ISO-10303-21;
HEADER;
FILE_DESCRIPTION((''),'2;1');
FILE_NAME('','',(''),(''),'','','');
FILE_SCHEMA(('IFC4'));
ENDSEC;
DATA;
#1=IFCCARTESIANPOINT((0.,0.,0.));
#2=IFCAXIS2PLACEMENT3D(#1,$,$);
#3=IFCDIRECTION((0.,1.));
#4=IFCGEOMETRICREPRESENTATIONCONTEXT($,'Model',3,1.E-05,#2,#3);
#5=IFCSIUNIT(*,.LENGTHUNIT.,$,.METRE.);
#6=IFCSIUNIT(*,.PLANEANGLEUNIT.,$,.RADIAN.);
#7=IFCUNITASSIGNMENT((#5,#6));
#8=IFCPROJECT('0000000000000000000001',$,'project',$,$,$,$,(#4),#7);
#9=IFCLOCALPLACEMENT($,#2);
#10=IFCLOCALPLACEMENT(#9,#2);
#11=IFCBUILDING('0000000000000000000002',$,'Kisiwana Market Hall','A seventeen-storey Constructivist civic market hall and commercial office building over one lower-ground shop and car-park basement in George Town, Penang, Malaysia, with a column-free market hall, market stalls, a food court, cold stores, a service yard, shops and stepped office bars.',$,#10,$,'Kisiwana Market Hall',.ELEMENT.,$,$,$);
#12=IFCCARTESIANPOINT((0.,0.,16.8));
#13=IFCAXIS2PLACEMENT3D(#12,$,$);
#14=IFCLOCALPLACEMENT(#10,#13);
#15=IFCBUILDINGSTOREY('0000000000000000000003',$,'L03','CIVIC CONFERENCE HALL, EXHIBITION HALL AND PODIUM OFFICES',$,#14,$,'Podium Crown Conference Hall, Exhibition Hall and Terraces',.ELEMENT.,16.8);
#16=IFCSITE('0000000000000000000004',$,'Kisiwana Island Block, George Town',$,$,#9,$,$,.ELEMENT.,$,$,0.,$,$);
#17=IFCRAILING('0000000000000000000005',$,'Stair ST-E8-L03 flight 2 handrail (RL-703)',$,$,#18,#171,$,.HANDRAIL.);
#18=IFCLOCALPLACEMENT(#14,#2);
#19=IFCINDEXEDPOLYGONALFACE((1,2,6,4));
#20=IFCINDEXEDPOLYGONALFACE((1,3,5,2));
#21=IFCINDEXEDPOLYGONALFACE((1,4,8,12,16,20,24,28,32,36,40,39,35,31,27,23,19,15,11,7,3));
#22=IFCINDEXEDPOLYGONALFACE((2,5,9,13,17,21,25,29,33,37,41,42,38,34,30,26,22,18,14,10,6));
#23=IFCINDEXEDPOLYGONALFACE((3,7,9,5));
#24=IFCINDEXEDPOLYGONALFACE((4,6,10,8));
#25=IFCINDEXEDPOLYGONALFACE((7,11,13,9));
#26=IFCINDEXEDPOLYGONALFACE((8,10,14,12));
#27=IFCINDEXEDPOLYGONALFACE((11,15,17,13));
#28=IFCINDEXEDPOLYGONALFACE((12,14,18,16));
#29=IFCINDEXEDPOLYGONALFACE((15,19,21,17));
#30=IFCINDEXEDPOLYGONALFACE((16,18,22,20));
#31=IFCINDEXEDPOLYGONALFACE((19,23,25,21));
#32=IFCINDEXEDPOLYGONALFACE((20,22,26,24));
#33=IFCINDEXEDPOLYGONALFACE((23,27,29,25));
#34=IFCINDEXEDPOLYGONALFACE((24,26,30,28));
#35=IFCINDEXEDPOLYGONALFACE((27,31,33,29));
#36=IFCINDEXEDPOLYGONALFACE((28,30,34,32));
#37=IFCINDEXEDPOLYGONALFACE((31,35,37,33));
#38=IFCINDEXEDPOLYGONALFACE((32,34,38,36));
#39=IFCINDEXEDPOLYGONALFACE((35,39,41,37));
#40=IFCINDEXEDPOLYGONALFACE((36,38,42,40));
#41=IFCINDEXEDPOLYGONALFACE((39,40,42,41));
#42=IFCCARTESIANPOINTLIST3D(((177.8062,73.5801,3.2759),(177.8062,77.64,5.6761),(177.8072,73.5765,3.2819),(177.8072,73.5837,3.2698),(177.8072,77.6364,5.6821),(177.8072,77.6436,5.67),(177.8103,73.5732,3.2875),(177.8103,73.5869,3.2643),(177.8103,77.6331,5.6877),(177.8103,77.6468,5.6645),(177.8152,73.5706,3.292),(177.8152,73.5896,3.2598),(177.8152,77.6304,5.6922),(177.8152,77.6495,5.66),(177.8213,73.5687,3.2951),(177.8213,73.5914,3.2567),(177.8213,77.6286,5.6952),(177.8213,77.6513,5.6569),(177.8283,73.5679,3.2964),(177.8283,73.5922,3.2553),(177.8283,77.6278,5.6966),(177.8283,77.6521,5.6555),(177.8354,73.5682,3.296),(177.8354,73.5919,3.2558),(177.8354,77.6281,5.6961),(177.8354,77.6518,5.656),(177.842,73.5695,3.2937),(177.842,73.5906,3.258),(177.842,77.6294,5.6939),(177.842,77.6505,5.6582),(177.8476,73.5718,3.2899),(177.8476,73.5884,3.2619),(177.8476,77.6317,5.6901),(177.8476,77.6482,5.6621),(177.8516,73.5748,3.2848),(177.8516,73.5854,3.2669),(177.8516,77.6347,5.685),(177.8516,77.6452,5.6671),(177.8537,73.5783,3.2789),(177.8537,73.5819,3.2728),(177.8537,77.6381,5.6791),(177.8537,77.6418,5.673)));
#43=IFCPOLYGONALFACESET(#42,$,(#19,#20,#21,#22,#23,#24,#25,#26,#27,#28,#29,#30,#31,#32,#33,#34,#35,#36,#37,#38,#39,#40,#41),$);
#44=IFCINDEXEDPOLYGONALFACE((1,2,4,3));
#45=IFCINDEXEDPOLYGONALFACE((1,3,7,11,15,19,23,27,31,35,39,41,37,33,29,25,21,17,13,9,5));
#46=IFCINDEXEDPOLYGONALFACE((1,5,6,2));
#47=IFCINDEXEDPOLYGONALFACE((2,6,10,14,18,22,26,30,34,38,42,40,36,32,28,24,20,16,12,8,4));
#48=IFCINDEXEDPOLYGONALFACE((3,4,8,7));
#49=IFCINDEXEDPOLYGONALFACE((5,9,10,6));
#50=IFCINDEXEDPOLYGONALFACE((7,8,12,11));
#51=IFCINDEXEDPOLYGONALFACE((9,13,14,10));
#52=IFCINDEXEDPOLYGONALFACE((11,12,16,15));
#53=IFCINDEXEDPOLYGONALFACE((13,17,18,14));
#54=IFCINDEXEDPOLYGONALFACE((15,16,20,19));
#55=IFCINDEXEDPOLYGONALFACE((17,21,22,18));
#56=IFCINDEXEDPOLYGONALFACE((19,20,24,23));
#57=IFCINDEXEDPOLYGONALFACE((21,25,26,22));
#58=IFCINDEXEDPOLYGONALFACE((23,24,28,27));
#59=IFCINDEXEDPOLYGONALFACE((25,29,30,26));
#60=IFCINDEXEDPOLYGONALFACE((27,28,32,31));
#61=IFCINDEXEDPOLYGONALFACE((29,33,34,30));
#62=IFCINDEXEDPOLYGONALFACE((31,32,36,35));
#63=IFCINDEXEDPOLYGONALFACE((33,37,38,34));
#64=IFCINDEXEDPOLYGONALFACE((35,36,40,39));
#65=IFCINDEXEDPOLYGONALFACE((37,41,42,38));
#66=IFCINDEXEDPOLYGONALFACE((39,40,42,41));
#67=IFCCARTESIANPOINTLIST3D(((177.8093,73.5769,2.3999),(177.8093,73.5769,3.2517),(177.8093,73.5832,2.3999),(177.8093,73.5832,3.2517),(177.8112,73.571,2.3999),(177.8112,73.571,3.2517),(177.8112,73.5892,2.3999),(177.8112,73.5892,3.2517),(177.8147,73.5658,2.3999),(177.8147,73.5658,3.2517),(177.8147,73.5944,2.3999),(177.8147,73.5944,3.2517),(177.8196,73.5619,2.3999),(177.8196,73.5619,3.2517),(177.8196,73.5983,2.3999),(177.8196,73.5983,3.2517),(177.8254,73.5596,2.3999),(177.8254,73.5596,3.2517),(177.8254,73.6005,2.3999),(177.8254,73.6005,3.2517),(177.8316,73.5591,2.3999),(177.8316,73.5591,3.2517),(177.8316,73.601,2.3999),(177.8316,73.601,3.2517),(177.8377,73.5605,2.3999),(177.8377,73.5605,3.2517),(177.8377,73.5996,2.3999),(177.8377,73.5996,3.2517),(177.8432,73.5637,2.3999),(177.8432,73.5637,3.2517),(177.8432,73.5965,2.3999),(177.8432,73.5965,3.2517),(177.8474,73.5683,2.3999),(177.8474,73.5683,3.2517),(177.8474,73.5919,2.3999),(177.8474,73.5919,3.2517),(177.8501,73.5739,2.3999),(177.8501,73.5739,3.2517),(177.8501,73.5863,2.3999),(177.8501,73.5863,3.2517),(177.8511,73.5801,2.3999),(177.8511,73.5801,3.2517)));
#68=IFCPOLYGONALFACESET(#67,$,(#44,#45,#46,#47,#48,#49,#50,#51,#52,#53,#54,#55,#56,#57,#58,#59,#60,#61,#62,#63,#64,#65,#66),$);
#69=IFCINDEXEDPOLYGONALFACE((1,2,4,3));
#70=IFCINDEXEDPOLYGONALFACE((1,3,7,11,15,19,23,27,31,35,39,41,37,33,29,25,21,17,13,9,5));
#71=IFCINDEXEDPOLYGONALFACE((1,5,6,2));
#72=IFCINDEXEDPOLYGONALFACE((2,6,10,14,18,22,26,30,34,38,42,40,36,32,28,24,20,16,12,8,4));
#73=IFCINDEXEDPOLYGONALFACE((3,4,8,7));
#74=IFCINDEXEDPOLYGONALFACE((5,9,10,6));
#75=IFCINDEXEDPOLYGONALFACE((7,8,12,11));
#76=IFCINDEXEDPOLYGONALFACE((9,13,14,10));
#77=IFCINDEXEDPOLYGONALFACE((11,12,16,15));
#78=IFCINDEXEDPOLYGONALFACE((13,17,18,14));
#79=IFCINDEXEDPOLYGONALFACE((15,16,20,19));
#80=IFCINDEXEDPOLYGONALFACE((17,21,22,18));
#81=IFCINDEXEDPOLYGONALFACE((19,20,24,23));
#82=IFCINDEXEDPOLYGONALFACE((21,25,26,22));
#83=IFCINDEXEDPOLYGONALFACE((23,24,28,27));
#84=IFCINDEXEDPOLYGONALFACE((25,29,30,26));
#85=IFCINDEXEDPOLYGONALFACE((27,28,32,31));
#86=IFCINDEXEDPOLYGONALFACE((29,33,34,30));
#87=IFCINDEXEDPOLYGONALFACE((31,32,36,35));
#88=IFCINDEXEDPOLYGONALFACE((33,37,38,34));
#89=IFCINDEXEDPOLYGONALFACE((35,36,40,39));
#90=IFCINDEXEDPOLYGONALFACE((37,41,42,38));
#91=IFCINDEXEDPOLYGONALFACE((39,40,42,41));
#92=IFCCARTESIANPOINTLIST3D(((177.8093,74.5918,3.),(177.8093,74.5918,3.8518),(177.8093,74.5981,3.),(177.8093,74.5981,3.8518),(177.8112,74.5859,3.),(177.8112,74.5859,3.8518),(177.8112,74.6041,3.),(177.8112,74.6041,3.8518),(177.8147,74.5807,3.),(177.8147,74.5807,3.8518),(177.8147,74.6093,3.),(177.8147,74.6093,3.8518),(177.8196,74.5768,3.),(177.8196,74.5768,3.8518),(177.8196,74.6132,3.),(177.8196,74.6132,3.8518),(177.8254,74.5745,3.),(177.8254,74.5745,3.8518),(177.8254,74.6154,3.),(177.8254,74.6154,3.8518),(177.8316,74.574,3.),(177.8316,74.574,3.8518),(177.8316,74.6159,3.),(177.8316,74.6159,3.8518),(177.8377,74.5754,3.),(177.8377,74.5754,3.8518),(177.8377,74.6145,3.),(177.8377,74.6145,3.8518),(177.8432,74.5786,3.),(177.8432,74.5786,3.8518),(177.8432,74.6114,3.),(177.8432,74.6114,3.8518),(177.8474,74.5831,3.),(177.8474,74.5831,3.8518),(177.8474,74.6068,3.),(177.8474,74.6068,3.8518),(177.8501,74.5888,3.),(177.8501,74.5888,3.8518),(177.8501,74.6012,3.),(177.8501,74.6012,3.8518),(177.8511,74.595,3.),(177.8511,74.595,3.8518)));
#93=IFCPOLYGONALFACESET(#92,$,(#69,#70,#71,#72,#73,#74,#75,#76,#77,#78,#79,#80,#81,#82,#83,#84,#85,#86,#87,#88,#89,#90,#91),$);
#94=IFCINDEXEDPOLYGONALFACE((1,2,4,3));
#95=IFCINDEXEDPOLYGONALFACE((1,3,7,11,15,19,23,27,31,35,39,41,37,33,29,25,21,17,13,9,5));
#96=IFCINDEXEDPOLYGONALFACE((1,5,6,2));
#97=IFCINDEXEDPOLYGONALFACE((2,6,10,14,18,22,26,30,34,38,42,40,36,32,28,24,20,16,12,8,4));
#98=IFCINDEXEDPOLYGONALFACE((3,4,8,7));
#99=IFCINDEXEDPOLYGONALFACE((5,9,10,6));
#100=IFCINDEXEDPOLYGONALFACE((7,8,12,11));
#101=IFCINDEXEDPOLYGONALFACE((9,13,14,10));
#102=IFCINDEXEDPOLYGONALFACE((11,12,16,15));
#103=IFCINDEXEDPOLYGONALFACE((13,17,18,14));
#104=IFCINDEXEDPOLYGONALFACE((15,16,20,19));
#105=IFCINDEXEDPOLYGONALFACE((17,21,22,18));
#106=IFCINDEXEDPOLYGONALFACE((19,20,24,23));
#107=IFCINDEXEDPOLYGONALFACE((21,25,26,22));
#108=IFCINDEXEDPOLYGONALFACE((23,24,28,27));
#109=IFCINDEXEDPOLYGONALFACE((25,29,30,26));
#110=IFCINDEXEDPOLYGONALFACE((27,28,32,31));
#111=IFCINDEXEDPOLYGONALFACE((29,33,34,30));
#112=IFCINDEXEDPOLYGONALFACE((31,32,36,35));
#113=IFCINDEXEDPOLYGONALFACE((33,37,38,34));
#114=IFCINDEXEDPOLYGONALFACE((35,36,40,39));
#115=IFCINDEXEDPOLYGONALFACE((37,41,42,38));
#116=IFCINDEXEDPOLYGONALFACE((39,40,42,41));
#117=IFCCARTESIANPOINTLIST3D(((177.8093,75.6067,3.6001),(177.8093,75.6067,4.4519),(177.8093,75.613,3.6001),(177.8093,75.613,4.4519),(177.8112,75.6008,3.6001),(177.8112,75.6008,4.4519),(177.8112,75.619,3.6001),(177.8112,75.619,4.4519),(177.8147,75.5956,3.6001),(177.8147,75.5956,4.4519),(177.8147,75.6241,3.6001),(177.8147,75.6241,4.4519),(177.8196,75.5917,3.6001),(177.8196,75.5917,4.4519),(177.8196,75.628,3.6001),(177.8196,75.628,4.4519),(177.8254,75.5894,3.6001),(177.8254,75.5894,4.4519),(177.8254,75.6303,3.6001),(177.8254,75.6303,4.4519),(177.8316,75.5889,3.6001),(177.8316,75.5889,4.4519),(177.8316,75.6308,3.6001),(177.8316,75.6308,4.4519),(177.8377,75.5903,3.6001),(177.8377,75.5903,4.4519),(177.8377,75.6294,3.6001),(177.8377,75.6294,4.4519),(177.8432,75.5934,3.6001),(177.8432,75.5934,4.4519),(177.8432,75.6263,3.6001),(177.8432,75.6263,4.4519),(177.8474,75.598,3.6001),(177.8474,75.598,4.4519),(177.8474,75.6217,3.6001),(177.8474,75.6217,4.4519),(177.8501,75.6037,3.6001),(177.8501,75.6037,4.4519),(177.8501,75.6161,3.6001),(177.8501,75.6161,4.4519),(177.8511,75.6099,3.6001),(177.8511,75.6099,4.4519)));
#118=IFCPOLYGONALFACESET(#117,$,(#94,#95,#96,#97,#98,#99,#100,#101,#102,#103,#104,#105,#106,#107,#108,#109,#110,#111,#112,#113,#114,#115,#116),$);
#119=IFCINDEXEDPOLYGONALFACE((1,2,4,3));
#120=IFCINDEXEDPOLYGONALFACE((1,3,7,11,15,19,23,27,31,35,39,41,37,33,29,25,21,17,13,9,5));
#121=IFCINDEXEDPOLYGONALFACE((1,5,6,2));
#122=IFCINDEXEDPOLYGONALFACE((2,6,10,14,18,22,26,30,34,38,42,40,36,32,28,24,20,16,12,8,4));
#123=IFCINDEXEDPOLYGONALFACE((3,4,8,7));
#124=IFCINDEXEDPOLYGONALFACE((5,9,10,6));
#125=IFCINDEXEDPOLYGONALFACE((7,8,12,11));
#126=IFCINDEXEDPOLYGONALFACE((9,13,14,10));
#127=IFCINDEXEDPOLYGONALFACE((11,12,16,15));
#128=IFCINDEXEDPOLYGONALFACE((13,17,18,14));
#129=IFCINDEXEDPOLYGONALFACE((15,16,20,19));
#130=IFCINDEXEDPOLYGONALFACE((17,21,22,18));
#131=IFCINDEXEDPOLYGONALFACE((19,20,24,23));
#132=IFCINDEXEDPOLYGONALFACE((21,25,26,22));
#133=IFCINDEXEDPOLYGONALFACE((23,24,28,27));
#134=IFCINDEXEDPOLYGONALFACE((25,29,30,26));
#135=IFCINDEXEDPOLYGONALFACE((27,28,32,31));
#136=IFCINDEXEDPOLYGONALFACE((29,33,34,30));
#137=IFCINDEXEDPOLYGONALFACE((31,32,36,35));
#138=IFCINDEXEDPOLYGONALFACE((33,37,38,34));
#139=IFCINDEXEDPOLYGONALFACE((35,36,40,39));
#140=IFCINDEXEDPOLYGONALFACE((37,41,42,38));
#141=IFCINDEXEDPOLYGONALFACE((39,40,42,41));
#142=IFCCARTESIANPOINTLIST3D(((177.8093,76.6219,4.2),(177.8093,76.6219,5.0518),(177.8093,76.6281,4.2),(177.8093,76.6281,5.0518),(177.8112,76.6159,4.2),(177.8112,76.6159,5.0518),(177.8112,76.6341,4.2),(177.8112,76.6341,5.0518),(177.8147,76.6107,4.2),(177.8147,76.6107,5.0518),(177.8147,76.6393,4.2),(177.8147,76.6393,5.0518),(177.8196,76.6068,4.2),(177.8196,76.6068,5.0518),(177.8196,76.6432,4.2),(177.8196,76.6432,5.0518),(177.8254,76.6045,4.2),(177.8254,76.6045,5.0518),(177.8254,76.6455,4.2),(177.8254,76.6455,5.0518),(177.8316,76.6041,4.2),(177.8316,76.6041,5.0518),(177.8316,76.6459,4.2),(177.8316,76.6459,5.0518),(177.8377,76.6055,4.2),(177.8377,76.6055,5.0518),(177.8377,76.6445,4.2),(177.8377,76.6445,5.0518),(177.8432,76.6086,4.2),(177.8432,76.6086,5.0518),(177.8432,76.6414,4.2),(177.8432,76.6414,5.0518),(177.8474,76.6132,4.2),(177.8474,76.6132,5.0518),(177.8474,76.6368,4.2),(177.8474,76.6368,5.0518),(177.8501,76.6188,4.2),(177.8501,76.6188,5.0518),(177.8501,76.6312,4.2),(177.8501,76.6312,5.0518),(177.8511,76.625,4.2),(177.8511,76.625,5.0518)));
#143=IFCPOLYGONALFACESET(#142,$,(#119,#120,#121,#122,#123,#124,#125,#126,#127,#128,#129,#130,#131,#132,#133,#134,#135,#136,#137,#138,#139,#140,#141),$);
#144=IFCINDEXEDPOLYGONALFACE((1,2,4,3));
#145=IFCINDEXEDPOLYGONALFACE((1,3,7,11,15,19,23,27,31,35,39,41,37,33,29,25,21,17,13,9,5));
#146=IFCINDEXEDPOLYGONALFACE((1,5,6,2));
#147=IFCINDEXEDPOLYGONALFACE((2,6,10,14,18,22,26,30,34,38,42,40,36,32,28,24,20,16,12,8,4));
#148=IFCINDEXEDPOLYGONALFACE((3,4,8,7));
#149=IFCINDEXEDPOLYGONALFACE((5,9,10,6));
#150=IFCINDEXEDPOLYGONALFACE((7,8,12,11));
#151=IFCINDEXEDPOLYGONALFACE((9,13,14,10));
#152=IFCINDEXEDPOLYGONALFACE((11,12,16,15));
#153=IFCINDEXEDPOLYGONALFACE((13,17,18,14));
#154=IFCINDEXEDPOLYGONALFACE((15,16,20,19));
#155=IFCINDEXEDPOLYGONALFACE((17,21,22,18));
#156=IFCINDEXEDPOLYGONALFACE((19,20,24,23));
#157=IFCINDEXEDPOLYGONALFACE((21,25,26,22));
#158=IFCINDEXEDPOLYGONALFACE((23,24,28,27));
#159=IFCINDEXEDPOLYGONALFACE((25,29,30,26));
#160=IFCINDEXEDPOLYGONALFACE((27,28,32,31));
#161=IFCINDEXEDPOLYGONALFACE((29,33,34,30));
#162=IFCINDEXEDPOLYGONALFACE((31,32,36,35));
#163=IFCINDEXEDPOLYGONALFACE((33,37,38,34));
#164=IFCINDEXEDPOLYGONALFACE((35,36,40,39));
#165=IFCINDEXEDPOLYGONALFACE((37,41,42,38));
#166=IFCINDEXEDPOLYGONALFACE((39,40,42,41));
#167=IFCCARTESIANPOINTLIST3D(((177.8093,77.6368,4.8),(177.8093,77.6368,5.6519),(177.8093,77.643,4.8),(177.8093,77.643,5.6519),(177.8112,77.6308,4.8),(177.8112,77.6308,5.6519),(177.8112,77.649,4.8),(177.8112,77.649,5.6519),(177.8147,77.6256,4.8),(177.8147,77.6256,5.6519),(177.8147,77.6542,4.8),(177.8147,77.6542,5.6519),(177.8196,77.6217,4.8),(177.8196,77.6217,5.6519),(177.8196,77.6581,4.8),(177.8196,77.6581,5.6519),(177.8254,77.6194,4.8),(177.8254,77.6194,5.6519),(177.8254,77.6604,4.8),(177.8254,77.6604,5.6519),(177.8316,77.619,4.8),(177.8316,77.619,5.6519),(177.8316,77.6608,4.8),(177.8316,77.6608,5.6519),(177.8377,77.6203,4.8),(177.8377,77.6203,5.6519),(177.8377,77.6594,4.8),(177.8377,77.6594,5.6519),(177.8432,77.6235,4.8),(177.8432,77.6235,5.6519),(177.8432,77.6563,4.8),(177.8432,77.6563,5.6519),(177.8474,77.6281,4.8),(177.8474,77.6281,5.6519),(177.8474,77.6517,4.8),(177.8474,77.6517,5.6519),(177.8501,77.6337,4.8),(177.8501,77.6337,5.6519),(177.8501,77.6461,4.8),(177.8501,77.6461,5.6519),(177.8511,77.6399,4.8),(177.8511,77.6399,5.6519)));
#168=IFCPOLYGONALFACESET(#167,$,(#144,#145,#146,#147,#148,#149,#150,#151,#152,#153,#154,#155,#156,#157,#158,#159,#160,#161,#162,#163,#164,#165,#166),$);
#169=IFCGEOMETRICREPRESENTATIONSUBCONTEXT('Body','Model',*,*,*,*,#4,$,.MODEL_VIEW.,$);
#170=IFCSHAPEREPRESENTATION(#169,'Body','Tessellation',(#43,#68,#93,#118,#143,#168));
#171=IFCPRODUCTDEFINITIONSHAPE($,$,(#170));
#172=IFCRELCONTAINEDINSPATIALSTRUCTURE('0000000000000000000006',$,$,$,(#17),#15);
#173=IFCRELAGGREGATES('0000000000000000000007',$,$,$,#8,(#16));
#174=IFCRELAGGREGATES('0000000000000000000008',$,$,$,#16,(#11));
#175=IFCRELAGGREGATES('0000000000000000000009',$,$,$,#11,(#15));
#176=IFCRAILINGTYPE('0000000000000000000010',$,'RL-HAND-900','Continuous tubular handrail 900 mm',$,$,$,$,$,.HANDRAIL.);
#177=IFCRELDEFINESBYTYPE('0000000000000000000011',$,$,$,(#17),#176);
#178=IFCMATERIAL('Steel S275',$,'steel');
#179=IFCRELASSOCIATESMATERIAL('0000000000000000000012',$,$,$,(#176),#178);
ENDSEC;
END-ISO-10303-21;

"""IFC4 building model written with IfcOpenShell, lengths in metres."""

from ifc_helpers import new_model, si_unit, direction, frame, origin, origin_2d, place, context, subcontext, project, spatial, circle, extrude, material, type_object, element, save


model = new_model("IFC4")

# Units and contexts
model_context = context("Model", 3, precision=1e-05, world=origin(), true_north=direction((0.0, 1.0)))
body_context = subcontext(model_context, "Body", "Model", "MODEL_VIEW")
ifc_project = project(units=[si_unit("LENGTHUNIT", "METRE"), si_unit("PLANEANGLEUNIT", "RADIAN")], contexts=[model_context])

# Site, building, storey
site_placement = place(None, origin())
site = spatial("IfcSite", under=ifc_project, at=site_placement, Name="Kisiwana Island Block, George Town", CompositionType="ELEMENT", RefElevation=0.0)
building_placement = place(site_placement, origin())
building = spatial("IfcBuilding", under=site, at=building_placement, Name="Kisiwana Market Hall", Description="A seventeen-storey Constructivist civic market hall and commercial office building over one lower-ground shop and car-park basement in George Town, Penang, Malaysia, with a column-free market hall, market stalls, a food court, cold stores, a service yard, shops and stepped office bars.", LongName="Kisiwana Market Hall", CompositionType="ELEMENT")
storey_placement = place(building_placement, frame((0.0, 0.0, 16.8)))
storey = spatial("IfcBuildingStorey", under=building, at=storey_placement, Name="L03", Description="CIVIC CONFERENCE HALL, EXHIBITION HALL AND PODIUM OFFICES", LongName="Podium Crown Conference Hall, Exhibition Hall and Terraces", CompositionType="ELEMENT", Elevation=16.8)

# Railing
ifc_material_1 = material(Name="Steel S275", Category="steel")
railing_type_1 = type_object("IfcRailingType", Name="RL-HAND-900", Description="Continuous tubular handrail 900 mm", PredefinedType="HANDRAIL", material=ifc_material_1)
railing_1_placement = place(storey_placement, frame((177.8301, 73.5801, 2.3999)))
element("IfcRailing", 1, at=railing_1_placement, inside=storey, type_object=railing_type_1, Name="Stair ST-E8-L03 flight 2 handrail (RL-703)", PredefinedType="HANDRAIL", context=body_context, shape_type="SweptSolid", body=[
    extrude(circle(Radius=0.0239, at=origin_2d()), frame((0.0, 0.0, 0.876), z_axis=(0.0, 0.860818, 0.508912), x_axis=(-1.0, 0.0, 0.0)), (0.0, 0.0, 1.0), 4.7163),
    extrude(circle(Radius=0.021, at=origin_2d()), origin(), (0.0, 0.0, 1.0), 0.8518),
    extrude(circle(Radius=0.021, at=origin_2d()), frame((0.0, 1.0149, 0.6001)), (0.0, 0.0, 1.0), 0.8518),
    extrude(circle(Radius=0.021, at=origin_2d()), frame((0.0, 2.0298, 1.2002)), (0.0, 0.0, 1.0), 0.8518),
    extrude(circle(Radius=0.021, at=origin_2d()), frame((0.0, 3.0449, 1.8)), (0.0, 0.0, 1.0), 0.8518),
    extrude(circle(Radius=0.021, at=origin_2d()), frame((0.0, 4.0598, 2.4001)), (0.0, 0.0, 1.0), 0.8518),
])

save(model, "model.ifc")
